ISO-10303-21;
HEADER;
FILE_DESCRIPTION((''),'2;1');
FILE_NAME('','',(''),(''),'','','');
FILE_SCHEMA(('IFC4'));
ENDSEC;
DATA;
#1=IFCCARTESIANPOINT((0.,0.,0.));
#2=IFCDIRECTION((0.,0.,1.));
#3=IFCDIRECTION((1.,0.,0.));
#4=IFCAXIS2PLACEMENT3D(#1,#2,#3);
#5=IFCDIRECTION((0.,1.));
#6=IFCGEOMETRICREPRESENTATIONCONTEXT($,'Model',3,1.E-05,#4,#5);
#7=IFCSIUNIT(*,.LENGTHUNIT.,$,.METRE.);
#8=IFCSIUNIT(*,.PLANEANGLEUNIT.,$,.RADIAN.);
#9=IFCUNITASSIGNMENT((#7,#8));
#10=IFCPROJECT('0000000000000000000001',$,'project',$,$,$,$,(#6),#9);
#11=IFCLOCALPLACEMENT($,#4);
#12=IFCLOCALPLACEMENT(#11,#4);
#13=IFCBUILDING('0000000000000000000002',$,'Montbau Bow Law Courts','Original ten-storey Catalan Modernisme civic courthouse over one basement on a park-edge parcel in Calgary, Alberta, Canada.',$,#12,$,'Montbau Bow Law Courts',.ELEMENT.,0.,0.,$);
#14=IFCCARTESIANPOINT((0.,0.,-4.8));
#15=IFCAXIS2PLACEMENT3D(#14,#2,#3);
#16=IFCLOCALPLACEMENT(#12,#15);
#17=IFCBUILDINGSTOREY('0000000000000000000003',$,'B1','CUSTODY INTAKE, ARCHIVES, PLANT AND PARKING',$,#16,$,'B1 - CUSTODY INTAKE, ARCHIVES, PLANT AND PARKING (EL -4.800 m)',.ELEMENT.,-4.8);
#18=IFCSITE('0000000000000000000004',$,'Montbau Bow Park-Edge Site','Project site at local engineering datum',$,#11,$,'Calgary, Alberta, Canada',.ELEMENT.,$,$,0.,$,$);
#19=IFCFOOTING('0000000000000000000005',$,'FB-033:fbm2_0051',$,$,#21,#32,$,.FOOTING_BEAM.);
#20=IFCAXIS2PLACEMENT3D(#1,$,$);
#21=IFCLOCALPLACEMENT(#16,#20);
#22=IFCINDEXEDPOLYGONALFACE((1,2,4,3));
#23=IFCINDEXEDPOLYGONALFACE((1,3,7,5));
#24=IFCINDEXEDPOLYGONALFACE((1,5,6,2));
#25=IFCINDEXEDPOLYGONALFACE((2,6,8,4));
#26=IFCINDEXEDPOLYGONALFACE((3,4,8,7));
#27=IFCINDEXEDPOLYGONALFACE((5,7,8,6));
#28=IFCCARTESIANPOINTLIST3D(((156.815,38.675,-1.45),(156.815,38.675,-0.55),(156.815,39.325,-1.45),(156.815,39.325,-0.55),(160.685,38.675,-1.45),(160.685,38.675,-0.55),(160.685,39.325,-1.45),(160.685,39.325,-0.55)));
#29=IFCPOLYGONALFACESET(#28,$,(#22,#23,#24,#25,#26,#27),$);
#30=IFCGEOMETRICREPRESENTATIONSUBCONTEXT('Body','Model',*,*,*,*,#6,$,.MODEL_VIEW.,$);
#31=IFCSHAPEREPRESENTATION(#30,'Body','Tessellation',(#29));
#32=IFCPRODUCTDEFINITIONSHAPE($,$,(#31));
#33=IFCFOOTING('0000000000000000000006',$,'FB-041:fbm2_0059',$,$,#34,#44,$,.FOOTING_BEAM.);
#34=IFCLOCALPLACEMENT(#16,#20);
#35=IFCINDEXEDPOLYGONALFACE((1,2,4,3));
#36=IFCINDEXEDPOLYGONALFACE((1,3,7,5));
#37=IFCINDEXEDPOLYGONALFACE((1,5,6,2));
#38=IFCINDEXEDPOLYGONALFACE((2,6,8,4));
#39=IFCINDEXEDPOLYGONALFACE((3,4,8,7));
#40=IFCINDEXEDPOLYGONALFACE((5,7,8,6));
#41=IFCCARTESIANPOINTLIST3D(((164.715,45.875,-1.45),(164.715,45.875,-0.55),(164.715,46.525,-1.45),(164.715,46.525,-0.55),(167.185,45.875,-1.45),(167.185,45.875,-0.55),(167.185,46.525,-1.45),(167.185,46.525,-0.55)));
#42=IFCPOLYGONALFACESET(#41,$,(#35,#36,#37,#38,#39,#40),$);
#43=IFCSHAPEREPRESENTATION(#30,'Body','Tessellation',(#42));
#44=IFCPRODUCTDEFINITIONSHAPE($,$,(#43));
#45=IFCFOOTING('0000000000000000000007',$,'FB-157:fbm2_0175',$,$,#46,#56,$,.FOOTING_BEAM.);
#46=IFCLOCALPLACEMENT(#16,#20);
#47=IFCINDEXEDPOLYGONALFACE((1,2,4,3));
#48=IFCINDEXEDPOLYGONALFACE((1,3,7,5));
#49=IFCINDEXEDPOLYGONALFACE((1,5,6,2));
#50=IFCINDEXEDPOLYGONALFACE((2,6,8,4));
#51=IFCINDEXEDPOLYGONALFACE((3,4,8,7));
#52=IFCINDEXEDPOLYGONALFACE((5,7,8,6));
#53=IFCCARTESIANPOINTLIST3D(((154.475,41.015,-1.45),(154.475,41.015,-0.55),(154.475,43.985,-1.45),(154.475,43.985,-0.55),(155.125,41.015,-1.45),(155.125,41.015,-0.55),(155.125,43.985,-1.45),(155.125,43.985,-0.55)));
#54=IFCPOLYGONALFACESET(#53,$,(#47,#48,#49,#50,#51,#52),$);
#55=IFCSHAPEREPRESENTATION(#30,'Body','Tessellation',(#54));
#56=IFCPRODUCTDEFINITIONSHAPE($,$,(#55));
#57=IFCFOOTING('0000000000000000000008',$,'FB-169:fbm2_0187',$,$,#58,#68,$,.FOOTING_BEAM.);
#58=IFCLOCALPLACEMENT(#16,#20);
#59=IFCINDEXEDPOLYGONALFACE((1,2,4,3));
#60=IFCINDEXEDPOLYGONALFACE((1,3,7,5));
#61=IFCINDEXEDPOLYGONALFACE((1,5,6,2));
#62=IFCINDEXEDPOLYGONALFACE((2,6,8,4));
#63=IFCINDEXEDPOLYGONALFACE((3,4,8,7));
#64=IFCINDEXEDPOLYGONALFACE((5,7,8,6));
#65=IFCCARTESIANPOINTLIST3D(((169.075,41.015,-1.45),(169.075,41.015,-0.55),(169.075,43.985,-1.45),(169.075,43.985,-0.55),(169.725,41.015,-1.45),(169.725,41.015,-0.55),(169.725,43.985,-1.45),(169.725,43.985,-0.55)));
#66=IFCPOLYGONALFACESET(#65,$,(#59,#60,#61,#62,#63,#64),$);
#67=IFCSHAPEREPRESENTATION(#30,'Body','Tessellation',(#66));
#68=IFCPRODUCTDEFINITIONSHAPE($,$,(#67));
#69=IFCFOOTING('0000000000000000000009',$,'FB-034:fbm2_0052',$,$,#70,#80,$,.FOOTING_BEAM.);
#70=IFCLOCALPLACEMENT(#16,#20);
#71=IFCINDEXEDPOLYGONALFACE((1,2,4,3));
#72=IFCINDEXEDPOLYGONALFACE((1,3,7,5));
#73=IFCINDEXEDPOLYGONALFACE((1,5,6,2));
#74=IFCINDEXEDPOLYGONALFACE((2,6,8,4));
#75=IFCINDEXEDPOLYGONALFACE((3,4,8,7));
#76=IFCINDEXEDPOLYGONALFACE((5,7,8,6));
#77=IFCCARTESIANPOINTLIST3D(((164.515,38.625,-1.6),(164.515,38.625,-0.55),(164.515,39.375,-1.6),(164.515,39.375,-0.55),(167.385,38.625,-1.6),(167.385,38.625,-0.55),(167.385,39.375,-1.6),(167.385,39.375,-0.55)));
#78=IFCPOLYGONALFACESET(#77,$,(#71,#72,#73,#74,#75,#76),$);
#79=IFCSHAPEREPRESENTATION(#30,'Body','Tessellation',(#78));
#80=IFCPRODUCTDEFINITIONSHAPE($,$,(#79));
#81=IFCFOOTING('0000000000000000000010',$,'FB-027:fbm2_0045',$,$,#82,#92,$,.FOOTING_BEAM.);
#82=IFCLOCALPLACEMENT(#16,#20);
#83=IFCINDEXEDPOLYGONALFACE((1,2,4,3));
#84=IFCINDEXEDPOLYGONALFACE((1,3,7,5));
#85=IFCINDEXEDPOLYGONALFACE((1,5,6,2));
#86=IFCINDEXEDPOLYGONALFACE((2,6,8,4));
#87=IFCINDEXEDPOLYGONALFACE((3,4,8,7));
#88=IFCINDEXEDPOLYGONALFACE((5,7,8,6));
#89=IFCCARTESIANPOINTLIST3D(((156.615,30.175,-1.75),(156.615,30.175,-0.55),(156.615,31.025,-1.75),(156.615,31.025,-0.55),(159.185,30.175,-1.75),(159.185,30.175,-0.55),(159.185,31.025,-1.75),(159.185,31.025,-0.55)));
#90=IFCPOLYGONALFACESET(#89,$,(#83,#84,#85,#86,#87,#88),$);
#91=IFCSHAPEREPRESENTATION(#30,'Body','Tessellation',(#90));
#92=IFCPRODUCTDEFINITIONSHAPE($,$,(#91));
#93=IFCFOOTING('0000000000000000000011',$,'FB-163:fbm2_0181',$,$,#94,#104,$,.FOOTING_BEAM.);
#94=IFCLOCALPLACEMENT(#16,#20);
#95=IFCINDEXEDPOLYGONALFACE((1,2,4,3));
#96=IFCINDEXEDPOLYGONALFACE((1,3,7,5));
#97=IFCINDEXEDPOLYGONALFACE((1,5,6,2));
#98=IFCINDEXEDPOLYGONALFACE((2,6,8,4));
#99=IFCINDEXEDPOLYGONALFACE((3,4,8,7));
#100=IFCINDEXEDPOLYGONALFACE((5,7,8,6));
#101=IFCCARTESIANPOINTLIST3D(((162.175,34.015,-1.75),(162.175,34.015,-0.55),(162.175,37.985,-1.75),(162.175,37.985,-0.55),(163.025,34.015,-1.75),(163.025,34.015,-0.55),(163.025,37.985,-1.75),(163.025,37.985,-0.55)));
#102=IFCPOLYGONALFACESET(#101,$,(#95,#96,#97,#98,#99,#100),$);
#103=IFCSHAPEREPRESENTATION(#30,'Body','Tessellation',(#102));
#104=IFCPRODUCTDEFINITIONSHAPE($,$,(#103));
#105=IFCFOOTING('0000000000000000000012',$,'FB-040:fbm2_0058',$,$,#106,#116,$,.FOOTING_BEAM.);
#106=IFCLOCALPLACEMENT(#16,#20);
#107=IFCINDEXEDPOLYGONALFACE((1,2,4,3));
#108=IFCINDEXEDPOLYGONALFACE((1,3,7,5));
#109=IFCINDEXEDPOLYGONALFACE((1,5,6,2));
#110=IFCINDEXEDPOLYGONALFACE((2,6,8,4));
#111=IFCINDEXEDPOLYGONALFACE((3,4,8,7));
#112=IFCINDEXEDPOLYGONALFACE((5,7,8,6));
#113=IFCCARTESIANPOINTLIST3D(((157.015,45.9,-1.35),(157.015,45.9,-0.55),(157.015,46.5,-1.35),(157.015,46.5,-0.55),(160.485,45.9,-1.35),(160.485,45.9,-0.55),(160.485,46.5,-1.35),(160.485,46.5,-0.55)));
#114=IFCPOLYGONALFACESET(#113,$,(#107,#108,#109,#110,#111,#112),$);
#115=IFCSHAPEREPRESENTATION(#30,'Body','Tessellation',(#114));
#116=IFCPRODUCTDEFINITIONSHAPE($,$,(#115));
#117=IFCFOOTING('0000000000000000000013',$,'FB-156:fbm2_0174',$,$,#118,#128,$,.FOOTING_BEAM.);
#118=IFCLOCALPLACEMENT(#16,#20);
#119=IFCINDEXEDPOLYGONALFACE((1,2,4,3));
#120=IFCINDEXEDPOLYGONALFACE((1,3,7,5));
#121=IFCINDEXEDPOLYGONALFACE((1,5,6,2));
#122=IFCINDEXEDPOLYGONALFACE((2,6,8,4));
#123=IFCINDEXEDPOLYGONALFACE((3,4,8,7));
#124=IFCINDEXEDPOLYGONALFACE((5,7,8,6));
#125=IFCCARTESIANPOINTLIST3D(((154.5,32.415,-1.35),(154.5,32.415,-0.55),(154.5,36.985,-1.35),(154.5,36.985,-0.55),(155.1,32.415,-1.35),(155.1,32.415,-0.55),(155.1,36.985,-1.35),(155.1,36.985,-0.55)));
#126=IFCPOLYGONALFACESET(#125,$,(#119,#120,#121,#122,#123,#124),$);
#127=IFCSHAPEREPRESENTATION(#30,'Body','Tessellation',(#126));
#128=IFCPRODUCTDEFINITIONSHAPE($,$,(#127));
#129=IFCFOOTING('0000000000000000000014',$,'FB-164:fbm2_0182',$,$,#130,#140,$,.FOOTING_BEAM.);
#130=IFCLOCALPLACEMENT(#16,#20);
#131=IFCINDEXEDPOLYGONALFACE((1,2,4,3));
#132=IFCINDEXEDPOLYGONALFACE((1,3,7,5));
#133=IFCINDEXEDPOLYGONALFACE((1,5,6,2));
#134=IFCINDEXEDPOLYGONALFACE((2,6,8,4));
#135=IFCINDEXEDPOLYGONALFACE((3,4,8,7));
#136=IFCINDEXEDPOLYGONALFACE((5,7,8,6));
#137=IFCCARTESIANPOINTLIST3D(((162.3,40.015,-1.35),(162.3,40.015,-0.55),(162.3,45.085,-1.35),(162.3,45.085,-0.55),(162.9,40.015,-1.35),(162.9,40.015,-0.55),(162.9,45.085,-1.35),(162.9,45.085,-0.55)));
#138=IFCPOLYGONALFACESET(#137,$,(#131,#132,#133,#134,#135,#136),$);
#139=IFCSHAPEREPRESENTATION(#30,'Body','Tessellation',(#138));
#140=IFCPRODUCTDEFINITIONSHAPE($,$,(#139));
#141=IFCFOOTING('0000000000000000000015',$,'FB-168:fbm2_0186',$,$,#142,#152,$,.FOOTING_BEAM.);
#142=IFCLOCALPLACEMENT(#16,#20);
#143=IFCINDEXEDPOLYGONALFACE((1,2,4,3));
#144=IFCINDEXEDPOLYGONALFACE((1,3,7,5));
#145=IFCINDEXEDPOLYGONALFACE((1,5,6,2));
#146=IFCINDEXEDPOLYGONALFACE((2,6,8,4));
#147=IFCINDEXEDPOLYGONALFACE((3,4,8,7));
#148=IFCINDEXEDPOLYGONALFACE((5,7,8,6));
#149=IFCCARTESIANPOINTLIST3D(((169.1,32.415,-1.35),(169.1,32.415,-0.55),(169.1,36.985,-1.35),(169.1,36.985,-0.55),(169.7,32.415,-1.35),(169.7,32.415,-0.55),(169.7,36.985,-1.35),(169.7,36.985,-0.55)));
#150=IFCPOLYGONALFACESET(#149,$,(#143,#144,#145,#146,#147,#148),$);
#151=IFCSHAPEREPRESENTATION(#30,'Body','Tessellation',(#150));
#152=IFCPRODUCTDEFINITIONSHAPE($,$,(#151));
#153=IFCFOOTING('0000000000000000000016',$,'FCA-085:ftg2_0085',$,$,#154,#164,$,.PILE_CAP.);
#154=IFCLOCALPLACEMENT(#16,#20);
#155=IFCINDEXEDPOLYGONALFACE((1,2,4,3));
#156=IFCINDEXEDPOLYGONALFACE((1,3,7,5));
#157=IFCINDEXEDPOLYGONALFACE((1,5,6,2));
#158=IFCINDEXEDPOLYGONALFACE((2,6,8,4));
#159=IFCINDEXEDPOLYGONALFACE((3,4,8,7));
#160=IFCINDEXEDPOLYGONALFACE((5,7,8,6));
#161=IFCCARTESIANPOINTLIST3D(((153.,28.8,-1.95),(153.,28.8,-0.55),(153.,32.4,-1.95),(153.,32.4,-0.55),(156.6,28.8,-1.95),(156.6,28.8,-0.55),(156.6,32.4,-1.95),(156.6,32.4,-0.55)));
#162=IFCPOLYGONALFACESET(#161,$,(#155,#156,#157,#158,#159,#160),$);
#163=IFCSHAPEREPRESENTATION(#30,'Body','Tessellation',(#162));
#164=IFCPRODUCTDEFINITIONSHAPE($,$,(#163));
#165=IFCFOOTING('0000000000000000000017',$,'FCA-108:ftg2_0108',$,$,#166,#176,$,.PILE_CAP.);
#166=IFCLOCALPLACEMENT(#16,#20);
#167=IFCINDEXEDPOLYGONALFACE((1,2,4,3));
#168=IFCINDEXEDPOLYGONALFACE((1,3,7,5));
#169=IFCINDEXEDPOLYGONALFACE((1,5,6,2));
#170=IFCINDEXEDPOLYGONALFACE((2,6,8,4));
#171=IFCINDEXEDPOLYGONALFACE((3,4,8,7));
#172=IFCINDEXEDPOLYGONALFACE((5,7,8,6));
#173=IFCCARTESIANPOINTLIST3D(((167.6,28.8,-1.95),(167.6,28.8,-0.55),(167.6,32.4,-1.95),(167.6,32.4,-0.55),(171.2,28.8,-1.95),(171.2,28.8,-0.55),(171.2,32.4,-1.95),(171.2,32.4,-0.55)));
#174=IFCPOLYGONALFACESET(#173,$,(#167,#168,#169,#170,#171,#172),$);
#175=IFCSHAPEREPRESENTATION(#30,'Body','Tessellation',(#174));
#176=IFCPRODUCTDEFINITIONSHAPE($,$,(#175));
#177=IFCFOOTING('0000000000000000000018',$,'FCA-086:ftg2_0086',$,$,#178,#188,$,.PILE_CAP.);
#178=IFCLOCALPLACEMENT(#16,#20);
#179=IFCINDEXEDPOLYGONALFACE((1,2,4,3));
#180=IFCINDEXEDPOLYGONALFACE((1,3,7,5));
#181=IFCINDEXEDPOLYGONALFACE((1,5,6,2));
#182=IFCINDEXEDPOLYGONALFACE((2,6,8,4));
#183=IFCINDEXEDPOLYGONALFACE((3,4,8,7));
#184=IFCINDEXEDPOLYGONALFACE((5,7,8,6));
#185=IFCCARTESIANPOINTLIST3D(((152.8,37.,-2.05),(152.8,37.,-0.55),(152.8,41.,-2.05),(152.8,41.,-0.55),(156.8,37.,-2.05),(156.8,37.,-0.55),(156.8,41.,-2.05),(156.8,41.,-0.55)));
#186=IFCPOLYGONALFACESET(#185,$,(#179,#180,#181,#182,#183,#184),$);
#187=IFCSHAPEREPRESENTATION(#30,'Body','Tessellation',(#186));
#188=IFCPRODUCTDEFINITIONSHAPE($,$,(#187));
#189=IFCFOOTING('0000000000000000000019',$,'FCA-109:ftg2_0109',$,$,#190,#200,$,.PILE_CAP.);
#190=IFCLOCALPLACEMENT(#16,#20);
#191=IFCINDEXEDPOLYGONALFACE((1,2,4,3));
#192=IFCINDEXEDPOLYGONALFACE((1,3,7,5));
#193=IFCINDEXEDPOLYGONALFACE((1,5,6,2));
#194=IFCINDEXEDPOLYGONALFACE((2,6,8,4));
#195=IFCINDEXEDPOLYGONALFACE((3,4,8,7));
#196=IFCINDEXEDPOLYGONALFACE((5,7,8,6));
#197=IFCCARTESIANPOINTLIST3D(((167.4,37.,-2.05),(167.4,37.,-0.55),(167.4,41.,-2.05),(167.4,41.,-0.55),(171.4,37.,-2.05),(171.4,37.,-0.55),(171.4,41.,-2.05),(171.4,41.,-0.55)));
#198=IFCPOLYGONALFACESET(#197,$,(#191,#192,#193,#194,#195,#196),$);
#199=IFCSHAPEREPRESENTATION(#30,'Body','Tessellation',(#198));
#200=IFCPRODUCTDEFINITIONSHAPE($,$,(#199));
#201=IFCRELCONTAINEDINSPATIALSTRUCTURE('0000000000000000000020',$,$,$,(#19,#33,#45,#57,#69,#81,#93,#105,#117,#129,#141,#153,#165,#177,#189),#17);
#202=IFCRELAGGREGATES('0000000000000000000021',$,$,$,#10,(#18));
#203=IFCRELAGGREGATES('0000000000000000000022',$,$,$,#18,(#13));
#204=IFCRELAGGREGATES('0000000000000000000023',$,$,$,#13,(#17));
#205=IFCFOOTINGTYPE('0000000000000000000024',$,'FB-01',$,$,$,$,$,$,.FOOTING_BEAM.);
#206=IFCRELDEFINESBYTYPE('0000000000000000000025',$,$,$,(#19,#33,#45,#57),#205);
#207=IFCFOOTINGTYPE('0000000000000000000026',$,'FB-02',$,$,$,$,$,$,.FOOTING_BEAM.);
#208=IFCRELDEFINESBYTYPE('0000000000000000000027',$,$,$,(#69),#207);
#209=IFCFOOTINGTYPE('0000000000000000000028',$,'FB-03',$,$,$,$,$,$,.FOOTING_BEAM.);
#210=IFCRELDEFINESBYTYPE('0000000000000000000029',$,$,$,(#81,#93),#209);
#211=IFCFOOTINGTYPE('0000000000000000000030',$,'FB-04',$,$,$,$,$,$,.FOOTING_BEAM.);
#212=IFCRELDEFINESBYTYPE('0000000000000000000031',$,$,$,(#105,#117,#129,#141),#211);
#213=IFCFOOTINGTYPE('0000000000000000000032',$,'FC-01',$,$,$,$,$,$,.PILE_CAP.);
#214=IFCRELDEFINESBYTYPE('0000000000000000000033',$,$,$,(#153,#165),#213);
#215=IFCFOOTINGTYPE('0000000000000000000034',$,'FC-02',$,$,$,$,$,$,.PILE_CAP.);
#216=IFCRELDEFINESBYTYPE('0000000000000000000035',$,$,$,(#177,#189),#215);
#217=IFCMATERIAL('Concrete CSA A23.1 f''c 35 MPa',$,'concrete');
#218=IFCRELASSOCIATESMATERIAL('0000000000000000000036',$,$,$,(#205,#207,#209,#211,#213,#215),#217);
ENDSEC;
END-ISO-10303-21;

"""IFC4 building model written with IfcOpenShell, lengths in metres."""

from ifc_helpers import new_model, si_unit, direction, frame, origin_with_axes, origin_2d_with_axis, place, context, subcontext, project, spatial, rectangle, extrude, material, type_object, element, save


model = new_model("IFC4")

# Units and contexts
model_context = context("Model", 3, precision=1e-05, world=origin_with_axes(), true_north=direction((0.0, 1.0)))
body_context = subcontext(model_context, "Body", "Model", "MODEL_VIEW")
ifc_project = project(units=[si_unit("LENGTHUNIT", "METRE"), si_unit("PLANEANGLEUNIT", "RADIAN")], contexts=[model_context])

# Site, building, storey
site_placement = place(None, origin_with_axes())
site = spatial("IfcSite", under=ifc_project, at=site_placement, Name="Montbau Bow Park-Edge Site", Description="Project site at local engineering datum", LongName="Calgary, Alberta, Canada", CompositionType="ELEMENT", RefElevation=0.0)
building_placement = place(site_placement, origin_with_axes())
building = spatial("IfcBuilding", under=site, at=building_placement, Name="Montbau Bow Law Courts", Description="Original ten-storey Catalan Modernisme civic courthouse over one basement on a park-edge parcel in Calgary, Alberta, Canada.", LongName="Montbau Bow Law Courts", CompositionType="ELEMENT", ElevationOfRefHeight=0.0, ElevationOfTerrain=0.0)
storey_placement = place(building_placement, frame((0.0, 0.0, -4.8), z_axis=(0.0, 0.0, 1.0), x_axis=(1.0, 0.0, 0.0)))
storey = spatial("IfcBuildingStorey", under=building, at=storey_placement, Name="B1", Description="CUSTODY INTAKE, ARCHIVES, PLANT AND PARKING", LongName="B1 - CUSTODY INTAKE, ARCHIVES, PLANT AND PARKING (EL -4.800 m)", CompositionType="ELEMENT", Elevation=-4.8)

# Footings
ifc_material_1 = material(Name="Concrete CSA A23.1 f'c 35 MPa", Category="concrete")
footing_type_1 = type_object("IfcFootingType", Name="FB-01", PredefinedType="FOOTING_BEAM", material=ifc_material_1)
footing_1_placement = place(None, frame((158.75, 39.0, -6.25), z_axis=(0.0, 0.0, 1.0), x_axis=(1.0, 0.0, 0.0)))
element("IfcFooting", 1, at=footing_1_placement, inside=storey, type_object=footing_type_1, Name="FB-033:fbm2_0051", PredefinedType="FOOTING_BEAM", context=body_context, shape_type="SweptSolid", body=[
    extrude(rectangle(XDim=3.87, YDim=0.65, at=origin_2d_with_axis()), origin_with_axes(), (0.0, 0.0, 1.0), 0.9),
])
footing_2_placement = place(None, frame((165.95, 46.2, -6.25), z_axis=(0.0, 0.0, 1.0), x_axis=(1.0, 0.0, 0.0)))
element("IfcFooting", 2, at=footing_2_placement, inside=storey, type_object=footing_type_1, Name="FB-041:fbm2_0059", PredefinedType="FOOTING_BEAM", context=body_context, shape_type="SweptSolid", body=[
    extrude(rectangle(XDim=2.47, YDim=0.65, at=origin_2d_with_axis()), origin_with_axes(), (0.0, 0.0, 1.0), 0.9),
])
for number, where, z_axis, x_axis, name in (
    (3, (154.8, 42.5, -6.25), (0.0, 0.0, 1.0), (0.0, 1.0, 0.0), "FB-157:fbm2_0175"),
    (4, (169.4, 42.5, -6.25), (0.0, 0.0, 1.0), (0.0, 1.0, 0.0), "FB-169:fbm2_0187"),
):
    element("IfcFooting", number, at=place(None, frame(where, z_axis=z_axis, x_axis=x_axis)), inside=storey, type_object=footing_type_1, Name=name, PredefinedType="FOOTING_BEAM", context=body_context, shape_type="SweptSolid", body=[
        extrude(rectangle(XDim=2.97, YDim=0.65, at=origin_2d_with_axis()), origin_with_axes(), (0.0, 0.0, 1.0), 0.9),
    ])
footing_type_2 = type_object("IfcFootingType", Name="FB-02", PredefinedType="FOOTING_BEAM", material=ifc_material_1)
footing_3_placement = place(None, frame((165.95, 39.0, -6.4), z_axis=(0.0, 0.0, 1.0), x_axis=(1.0, 0.0, 0.0)))
element("IfcFooting", 5, at=footing_3_placement, inside=storey, type_object=footing_type_2, Name="FB-034:fbm2_0052", PredefinedType="FOOTING_BEAM", context=body_context, shape_type="SweptSolid", body=[
    extrude(rectangle(XDim=2.87, YDim=0.75, at=origin_2d_with_axis()), origin_with_axes(), (0.0, 0.0, 1.0), 1.05),
])
footing_type_3 = type_object("IfcFootingType", Name="FB-03", PredefinedType="FOOTING_BEAM", material=ifc_material_1)
footing_4_placement = place(None, frame((157.9, 30.6, -6.55), z_axis=(0.0, 0.0, 1.0), x_axis=(1.0, 0.0, 0.0)))
element("IfcFooting", 6, at=footing_4_placement, inside=storey, type_object=footing_type_3, Name="FB-027:fbm2_0045", PredefinedType="FOOTING_BEAM", context=body_context, shape_type="SweptSolid", body=[
    extrude(rectangle(XDim=2.57, YDim=0.85, at=origin_2d_with_axis()), origin_with_axes(), (0.0, 0.0, 1.0), 1.2),
])
footing_5_placement = place(None, frame((162.6, 36.0, -6.55), z_axis=(0.0, 0.0, 1.0), x_axis=(0.0, 1.0, 0.0)))
element("IfcFooting", 7, at=footing_5_placement, inside=storey, type_object=footing_type_3, Name="FB-163:fbm2_0181", PredefinedType="FOOTING_BEAM", context=body_context, shape_type="SweptSolid", body=[
    extrude(rectangle(XDim=3.97, YDim=0.85, at=origin_2d_with_axis()), origin_with_axes(), (0.0, 0.0, 1.0), 1.2),
])
footing_type_4 = type_object("IfcFootingType", Name="FB-04", PredefinedType="FOOTING_BEAM", material=ifc_material_1)
footing_6_placement = place(None, frame((158.75, 46.2, -6.15), z_axis=(0.0, 0.0, 1.0), x_axis=(1.0, 0.0, 0.0)))
element("IfcFooting", 8, at=footing_6_placement, inside=storey, type_object=footing_type_4, Name="FB-040:fbm2_0058", PredefinedType="FOOTING_BEAM", context=body_context, shape_type="SweptSolid", body=[
    extrude(rectangle(XDim=3.47, YDim=0.6, at=origin_2d_with_axis()), origin_with_axes(), (0.0, 0.0, 1.0), 0.8),
])
footing_7_placement = place(None, frame((154.8, 34.7, -6.15), z_axis=(0.0, 0.0, 1.0), x_axis=(0.0, 1.0, 0.0)))
element("IfcFooting", 9, at=footing_7_placement, inside=storey, type_object=footing_type_4, Name="FB-156:fbm2_0174", PredefinedType="FOOTING_BEAM", context=body_context, shape_type="SweptSolid", body=[
    extrude(rectangle(XDim=4.57, YDim=0.6, at=origin_2d_with_axis()), origin_with_axes(), (0.0, 0.0, 1.0), 0.8),
])
footing_8_placement = place(None, frame((162.6, 42.55, -6.15), z_axis=(0.0, 0.0, 1.0), x_axis=(0.0, 1.0, 0.0)))
element("IfcFooting", 10, at=footing_8_placement, inside=storey, type_object=footing_type_4, Name="FB-164:fbm2_0182", PredefinedType="FOOTING_BEAM", context=body_context, shape_type="SweptSolid", body=[
    extrude(rectangle(XDim=5.07, YDim=0.6, at=origin_2d_with_axis()), origin_with_axes(), (0.0, 0.0, 1.0), 0.8),
])
footing_9_placement = place(None, frame((169.4, 34.7, -6.15), z_axis=(0.0, 0.0, 1.0), x_axis=(0.0, 1.0, 0.0)))
element("IfcFooting", 11, at=footing_9_placement, inside=storey, type_object=footing_type_4, Name="FB-168:fbm2_0186", PredefinedType="FOOTING_BEAM", context=body_context, shape_type="SweptSolid", body=[
    extrude(rectangle(XDim=4.57, YDim=0.6, at=origin_2d_with_axis()), origin_with_axes(), (0.0, 0.0, 1.0), 0.8),
])
footing_type_5 = type_object("IfcFootingType", Name="FC-01", PredefinedType="PILE_CAP", material=ifc_material_1)
for number, where, z_axis, x_axis, name in (
    (12, (154.8, 30.6, -6.75), (0.0, 0.0, 1.0), (1.0, 0.0, 0.0), "FCA-085:ftg2_0085"),
    (13, (169.4, 30.6, -6.75), (0.0, 0.0, 1.0), (1.0, 0.0, 0.0), "FCA-108:ftg2_0108"),
):
    element("IfcFooting", number, at=place(None, frame(where, z_axis=z_axis, x_axis=x_axis)), inside=storey, type_object=footing_type_5, Name=name, PredefinedType="PILE_CAP", context=body_context, shape_type="SweptSolid", body=[
        extrude(rectangle(XDim=3.6, YDim=3.6, at=origin_2d_with_axis()), origin_with_axes(), (0.0, 0.0, 1.0), 1.4),
    ])
footing_type_6 = type_object("IfcFootingType", Name="FC-02", PredefinedType="PILE_CAP", material=ifc_material_1)
for number, where, z_axis, x_axis, name in (
    (14, (154.8, 39.0, -6.85), (0.0, 0.0, 1.0), (1.0, 0.0, 0.0), "FCA-086:ftg2_0086"),
    (15, (169.4, 39.0, -6.85), (0.0, 0.0, 1.0), (1.0, 0.0, 0.0), "FCA-109:ftg2_0109"),
):
    element("IfcFooting", number, at=place(None, frame(where, z_axis=z_axis, x_axis=x_axis)), inside=storey, type_object=footing_type_6, Name=name, PredefinedType="PILE_CAP", context=body_context, shape_type="SweptSolid", body=[
        extrude(rectangle(XDim=4.0, YDim=4.0, at=origin_2d_with_axis()), origin_with_axes(), (0.0, 0.0, 1.0), 1.5),
    ])

save(model, "model.ifc")
